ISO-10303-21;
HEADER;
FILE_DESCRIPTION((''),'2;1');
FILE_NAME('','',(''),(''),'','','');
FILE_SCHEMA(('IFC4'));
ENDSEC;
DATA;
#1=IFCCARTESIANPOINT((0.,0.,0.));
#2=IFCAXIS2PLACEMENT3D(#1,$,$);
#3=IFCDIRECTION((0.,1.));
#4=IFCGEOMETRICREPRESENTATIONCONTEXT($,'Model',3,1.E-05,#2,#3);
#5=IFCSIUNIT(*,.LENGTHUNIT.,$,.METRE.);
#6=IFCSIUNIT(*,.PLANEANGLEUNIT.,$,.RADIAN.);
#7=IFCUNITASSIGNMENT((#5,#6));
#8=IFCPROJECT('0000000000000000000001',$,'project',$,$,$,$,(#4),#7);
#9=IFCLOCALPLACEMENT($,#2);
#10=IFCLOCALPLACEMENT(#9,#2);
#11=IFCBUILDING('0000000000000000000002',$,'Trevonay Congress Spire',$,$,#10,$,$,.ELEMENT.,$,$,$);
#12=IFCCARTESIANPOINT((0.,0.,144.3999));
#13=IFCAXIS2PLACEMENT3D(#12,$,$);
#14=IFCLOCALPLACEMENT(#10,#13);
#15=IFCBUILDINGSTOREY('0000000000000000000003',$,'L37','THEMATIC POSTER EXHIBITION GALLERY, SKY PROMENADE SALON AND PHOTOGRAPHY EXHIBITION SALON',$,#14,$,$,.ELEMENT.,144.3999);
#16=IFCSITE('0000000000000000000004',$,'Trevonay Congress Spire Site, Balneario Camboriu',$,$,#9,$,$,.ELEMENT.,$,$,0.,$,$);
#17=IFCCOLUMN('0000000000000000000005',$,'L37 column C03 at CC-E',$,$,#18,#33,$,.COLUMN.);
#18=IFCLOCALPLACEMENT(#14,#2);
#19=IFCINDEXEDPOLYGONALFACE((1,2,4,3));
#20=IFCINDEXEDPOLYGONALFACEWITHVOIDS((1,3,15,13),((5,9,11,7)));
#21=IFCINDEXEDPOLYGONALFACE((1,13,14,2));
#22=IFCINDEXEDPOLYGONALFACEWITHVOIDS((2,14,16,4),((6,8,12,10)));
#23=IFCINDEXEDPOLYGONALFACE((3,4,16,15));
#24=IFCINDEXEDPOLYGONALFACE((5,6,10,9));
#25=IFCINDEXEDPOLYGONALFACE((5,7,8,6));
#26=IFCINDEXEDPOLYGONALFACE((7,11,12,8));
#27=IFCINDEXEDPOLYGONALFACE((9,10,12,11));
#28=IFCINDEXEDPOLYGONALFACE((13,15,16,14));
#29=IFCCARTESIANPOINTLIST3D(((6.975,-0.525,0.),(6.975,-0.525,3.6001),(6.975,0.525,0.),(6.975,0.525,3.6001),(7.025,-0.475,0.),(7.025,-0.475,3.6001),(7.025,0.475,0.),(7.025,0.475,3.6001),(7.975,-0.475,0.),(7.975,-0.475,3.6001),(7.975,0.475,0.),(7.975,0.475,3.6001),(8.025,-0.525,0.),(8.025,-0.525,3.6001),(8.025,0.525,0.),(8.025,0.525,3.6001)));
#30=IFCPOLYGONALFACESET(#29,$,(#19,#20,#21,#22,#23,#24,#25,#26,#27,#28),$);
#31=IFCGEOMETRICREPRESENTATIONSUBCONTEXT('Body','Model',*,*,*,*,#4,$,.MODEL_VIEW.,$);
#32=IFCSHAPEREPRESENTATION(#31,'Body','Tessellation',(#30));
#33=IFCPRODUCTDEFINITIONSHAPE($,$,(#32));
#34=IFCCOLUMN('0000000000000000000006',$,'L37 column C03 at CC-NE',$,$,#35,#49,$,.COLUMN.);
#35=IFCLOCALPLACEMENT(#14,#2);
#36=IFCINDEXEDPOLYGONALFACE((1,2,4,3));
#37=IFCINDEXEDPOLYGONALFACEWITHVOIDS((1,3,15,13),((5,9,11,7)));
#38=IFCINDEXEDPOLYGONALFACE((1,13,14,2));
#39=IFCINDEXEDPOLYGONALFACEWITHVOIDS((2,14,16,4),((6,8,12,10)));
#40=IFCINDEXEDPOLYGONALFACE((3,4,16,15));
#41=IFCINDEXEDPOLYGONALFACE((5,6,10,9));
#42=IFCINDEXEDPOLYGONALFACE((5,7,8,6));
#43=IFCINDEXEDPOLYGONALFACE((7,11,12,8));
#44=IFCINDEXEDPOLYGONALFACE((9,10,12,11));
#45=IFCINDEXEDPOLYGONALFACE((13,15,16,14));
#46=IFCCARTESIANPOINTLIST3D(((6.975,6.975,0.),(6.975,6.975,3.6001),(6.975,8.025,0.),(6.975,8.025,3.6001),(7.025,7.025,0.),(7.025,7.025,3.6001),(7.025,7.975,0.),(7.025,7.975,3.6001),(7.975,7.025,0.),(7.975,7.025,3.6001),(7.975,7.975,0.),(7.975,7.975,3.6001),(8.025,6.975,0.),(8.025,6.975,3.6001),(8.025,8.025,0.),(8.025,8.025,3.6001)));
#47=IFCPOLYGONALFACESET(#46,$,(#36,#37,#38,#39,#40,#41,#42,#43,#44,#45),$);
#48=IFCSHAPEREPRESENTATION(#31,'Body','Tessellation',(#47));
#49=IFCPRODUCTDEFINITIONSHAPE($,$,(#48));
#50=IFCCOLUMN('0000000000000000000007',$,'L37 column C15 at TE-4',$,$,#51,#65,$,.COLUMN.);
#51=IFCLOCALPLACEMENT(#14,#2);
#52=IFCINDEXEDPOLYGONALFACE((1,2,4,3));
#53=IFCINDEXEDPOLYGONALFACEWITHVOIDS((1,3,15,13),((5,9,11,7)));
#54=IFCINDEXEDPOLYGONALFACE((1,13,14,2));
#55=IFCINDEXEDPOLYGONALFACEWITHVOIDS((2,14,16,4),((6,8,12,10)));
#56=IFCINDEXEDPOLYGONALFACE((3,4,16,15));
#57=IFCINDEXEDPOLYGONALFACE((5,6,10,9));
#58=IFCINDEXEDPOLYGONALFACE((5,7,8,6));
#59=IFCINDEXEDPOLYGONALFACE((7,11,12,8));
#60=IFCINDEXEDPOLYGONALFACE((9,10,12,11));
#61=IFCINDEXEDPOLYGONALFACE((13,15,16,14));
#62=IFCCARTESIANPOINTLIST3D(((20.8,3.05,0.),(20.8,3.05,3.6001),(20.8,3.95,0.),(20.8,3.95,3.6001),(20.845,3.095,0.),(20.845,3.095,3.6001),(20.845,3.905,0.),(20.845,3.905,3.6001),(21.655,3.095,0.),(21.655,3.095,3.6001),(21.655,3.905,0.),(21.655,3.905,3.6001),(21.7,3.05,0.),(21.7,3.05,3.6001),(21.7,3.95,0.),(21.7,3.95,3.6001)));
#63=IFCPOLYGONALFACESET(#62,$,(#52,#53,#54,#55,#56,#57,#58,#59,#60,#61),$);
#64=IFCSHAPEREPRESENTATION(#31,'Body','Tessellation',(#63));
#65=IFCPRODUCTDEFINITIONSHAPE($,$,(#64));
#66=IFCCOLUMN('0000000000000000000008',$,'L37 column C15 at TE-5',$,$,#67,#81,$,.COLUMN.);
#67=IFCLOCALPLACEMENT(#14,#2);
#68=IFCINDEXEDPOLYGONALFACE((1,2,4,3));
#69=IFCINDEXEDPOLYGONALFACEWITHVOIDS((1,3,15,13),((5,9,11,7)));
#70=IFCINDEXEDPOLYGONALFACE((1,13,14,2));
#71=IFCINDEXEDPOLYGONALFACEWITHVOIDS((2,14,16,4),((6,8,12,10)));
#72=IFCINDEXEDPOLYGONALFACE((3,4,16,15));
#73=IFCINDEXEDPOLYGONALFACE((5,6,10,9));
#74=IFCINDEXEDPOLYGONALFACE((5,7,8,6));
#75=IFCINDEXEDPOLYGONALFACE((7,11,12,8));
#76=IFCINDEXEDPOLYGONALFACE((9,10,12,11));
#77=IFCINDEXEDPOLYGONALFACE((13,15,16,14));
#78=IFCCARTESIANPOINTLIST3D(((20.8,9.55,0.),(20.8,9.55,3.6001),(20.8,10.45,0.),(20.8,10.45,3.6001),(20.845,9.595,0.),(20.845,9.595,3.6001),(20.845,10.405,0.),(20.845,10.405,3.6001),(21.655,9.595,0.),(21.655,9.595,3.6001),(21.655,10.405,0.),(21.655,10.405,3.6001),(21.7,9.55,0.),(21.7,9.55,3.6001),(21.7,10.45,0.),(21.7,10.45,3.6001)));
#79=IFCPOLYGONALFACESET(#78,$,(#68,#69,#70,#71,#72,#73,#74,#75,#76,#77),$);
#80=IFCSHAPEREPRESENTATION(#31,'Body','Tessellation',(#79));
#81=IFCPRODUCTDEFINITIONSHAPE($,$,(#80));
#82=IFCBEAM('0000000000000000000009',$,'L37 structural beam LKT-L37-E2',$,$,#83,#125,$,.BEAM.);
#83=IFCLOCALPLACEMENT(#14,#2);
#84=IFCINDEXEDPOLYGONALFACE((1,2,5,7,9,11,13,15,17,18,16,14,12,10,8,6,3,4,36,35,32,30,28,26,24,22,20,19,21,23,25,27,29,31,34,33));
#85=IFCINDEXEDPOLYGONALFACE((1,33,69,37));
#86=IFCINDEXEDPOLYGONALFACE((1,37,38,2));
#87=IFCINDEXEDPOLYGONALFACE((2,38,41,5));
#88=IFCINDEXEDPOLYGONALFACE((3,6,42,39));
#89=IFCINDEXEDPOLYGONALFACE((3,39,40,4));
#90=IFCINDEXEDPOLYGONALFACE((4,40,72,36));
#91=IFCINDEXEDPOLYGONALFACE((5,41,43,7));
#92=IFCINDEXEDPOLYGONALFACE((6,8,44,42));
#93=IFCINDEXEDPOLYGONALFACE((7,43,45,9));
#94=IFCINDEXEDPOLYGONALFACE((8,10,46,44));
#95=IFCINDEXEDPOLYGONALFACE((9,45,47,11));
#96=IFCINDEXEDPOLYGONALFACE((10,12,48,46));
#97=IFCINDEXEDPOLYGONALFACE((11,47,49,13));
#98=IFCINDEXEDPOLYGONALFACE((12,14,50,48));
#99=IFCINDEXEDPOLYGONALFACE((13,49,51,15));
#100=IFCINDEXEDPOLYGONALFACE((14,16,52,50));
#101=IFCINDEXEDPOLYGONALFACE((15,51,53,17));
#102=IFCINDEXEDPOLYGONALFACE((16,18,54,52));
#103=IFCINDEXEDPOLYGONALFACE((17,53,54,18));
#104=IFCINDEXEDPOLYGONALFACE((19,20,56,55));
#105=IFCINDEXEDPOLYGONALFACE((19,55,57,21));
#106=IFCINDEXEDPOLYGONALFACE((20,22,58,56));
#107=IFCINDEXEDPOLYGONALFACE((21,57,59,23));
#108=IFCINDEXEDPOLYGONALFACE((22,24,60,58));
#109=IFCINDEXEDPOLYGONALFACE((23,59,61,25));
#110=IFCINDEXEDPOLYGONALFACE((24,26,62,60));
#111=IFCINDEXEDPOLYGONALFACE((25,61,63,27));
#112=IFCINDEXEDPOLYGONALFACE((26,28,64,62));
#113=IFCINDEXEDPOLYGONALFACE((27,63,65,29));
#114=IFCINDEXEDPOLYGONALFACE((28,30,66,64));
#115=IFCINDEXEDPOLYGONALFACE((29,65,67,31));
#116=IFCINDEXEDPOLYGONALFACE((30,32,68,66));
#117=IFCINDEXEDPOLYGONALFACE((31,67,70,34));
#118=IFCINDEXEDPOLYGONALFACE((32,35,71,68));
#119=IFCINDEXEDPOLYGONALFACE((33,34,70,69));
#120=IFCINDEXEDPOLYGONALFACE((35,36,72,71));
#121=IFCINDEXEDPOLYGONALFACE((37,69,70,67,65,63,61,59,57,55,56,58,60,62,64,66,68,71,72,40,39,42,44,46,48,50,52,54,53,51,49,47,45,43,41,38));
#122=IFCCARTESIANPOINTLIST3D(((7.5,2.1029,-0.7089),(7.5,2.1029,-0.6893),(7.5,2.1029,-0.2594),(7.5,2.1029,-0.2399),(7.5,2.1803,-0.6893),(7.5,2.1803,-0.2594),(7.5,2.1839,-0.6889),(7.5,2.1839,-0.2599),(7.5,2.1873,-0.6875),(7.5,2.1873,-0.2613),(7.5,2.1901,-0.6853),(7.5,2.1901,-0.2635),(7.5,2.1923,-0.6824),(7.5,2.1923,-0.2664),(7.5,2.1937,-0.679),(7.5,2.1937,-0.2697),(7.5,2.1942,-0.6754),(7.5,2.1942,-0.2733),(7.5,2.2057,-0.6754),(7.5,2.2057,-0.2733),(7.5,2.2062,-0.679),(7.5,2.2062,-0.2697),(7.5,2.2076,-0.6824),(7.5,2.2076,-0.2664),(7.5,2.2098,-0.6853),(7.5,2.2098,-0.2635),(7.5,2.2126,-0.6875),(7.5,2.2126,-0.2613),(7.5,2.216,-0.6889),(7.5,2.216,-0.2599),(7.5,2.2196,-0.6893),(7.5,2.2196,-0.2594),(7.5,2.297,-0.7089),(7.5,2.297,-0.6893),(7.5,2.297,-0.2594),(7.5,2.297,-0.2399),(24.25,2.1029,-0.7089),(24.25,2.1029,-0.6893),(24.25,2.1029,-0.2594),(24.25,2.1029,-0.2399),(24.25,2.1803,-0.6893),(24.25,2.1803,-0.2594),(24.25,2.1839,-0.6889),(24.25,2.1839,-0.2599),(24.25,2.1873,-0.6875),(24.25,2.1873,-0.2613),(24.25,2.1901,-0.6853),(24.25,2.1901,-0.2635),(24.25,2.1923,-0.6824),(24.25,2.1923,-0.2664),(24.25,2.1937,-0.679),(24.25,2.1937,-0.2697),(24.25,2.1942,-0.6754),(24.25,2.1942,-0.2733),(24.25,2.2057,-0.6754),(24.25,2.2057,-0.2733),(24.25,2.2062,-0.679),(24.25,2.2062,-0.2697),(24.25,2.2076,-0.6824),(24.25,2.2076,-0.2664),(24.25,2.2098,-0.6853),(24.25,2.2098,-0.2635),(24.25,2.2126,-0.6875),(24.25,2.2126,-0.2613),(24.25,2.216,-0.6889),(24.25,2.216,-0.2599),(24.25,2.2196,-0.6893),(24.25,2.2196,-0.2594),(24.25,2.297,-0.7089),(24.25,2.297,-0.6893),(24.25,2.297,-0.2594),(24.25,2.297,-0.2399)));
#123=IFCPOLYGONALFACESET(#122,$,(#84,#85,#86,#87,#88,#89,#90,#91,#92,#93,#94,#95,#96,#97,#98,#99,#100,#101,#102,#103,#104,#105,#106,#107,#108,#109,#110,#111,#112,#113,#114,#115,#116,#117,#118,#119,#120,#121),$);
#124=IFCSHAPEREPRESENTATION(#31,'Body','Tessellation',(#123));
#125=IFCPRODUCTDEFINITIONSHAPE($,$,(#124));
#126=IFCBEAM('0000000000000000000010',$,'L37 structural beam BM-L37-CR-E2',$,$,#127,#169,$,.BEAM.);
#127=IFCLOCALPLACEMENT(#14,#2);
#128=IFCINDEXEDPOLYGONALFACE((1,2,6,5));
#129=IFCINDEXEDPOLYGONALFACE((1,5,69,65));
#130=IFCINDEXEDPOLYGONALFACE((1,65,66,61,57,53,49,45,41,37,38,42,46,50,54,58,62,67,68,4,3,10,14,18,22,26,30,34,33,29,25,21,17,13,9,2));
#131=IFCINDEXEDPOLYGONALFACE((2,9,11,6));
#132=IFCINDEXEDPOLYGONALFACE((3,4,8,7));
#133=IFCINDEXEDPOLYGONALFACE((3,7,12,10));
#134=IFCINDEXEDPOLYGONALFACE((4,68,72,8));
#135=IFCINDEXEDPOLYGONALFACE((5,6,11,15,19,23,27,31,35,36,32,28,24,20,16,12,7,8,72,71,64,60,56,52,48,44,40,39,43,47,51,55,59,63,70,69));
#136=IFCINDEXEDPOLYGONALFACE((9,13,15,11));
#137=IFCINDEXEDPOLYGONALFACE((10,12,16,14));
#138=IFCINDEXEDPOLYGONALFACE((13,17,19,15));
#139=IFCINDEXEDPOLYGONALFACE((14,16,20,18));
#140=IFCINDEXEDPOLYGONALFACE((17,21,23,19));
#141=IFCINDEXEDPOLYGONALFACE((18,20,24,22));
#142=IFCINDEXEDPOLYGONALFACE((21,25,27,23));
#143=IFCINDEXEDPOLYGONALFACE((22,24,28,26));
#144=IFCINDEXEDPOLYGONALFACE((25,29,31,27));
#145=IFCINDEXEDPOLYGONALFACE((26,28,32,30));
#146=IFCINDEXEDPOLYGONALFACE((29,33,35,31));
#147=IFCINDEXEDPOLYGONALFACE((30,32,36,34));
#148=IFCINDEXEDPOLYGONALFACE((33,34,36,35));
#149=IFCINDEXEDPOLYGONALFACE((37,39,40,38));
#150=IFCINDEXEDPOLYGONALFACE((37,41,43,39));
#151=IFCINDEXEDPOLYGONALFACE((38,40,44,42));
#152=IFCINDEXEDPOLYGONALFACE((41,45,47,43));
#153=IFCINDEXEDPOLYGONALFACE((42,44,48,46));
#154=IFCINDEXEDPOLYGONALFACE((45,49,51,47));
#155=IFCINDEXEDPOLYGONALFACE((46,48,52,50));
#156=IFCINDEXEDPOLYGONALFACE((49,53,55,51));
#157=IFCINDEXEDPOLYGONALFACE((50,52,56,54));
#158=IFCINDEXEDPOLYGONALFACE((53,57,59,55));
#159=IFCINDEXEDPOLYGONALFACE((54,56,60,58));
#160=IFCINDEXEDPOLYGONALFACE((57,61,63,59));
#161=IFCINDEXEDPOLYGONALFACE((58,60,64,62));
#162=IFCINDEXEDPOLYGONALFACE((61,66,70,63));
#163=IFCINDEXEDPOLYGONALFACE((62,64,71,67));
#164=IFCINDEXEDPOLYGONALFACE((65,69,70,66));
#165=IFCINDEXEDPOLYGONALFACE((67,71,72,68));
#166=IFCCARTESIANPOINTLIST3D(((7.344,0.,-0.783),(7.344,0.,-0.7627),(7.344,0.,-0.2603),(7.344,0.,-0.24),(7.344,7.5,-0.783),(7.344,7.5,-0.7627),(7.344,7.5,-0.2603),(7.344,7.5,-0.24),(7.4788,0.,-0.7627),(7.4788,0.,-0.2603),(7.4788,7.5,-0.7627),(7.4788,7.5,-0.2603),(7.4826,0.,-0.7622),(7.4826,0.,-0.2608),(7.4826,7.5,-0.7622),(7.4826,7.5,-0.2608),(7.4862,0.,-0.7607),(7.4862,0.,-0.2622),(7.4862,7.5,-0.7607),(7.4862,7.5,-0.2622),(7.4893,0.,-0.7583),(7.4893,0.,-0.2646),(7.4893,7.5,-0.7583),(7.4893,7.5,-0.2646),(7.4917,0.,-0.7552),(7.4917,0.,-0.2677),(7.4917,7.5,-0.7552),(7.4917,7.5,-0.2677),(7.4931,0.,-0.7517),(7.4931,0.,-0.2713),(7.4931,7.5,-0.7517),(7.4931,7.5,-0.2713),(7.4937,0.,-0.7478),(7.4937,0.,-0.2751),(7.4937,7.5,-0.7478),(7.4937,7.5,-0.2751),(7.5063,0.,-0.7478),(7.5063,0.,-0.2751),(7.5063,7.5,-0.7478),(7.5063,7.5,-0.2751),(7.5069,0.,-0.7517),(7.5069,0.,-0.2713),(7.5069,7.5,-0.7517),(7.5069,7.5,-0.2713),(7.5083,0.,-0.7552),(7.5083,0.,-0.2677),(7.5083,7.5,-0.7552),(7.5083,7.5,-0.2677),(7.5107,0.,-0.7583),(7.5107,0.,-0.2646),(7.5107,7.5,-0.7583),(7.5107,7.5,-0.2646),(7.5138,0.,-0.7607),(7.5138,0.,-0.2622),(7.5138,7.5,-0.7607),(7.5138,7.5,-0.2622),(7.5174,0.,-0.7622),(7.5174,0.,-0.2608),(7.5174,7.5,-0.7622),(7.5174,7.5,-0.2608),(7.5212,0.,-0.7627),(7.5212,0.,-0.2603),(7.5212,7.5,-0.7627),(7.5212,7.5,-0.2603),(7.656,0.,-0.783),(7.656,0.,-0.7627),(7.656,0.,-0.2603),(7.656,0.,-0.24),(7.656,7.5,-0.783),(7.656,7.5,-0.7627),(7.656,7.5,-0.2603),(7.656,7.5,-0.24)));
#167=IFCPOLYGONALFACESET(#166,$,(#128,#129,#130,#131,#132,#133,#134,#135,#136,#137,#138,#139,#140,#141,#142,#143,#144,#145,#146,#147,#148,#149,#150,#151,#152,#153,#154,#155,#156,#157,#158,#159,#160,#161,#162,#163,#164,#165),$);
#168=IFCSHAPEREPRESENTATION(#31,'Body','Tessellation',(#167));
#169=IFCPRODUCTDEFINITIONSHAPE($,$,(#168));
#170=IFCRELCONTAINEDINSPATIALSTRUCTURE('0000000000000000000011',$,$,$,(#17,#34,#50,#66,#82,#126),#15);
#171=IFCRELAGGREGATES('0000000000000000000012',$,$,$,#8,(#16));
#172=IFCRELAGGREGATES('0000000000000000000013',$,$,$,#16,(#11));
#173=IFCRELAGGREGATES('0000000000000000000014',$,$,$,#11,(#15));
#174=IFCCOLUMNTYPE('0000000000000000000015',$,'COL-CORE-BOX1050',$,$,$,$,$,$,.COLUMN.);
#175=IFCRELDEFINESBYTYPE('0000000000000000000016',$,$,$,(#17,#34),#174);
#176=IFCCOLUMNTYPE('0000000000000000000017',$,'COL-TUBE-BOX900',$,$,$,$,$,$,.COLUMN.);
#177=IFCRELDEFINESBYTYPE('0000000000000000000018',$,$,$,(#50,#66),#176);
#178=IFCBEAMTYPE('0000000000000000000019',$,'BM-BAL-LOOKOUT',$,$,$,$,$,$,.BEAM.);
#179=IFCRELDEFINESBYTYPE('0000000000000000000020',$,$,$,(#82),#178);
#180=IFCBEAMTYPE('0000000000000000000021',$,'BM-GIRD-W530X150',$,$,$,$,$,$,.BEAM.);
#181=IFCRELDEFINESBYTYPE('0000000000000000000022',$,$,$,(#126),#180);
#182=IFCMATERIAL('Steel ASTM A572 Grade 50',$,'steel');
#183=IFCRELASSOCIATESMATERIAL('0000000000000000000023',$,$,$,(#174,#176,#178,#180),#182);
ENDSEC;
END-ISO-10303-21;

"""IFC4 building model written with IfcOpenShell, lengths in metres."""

from ifc_helpers import new_model, si_unit, direction, frame, origin, origin_2d, place, context, subcontext, project, spatial, hollow_rectangle, i_section, extrude, material, material_profile, profile_set, type_object, element, save


model = new_model("IFC4")

# Units and contexts
model_context = context("Model", 3, precision=1e-05, world=origin(), true_north=direction((0.0, 1.0)))
body_context = subcontext(model_context, "Body", "Model", "MODEL_VIEW")
ifc_project = project(units=[si_unit("LENGTHUNIT", "METRE"), si_unit("PLANEANGLEUNIT", "RADIAN")], contexts=[model_context])

# Site, building, storey
site_placement = place(None, origin())
site = spatial("IfcSite", under=ifc_project, at=site_placement, Name="Trevonay Congress Spire Site, Balneario Camboriu", CompositionType="ELEMENT", RefElevation=0.0)
building_placement = place(site_placement, origin())
building = spatial("IfcBuilding", under=site, at=building_placement, Name="Trevonay Congress Spire", CompositionType="ELEMENT")
storey_placement = place(building_placement, frame((0.0, 0.0, 144.3999)))
storey = spatial("IfcBuildingStorey", under=building, at=storey_placement, Name="L37", Description="THEMATIC POSTER EXHIBITION GALLERY, SKY PROMENADE SALON AND PHOTOGRAPHY EXHIBITION SALON", CompositionType="ELEMENT", Elevation=144.3999)

# Columns
ifc_material_1 = material(Name="Steel ASTM A572 Grade 50", Category="steel")
ifc_material_profile_1 = material_profile(ifc_material_1, hollow_rectangle(XDim=1.05, YDim=1.05, WallThickness=0.05, at=origin_2d()), Name="BOX 1050x1050x50")
ifc_profile_set_1 = profile_set([ifc_material_profile_1], Name="Steel ASTM A572 Grade 50")
column_type_1 = type_object("IfcColumnType", Name="COL-CORE-BOX1050", PredefinedType="COLUMN", material=ifc_profile_set_1)
for number, where, z_axis, x_axis, name in (
    (1, (7.5, 0.0, 0.0), (0.0, 0.0, 1.0), (1.0, 0.0, 0.0), "L37 column C03 at CC-E"),
    (2, (7.5, 7.5, 0.0), (0.0, 0.0, 1.0), (1.0, 0.0, 0.0), "L37 column C03 at CC-NE"),
):
    element("IfcColumn", number, at=place(storey_placement, frame(where, z_axis=z_axis, x_axis=x_axis)), inside=storey, type_object=column_type_1, Name=name, PredefinedType="COLUMN", context=body_context, shape_type="SweptSolid", body=[
        extrude(hollow_rectangle(XDim=1.05, YDim=1.05, WallThickness=0.05, at=origin_2d()), origin(), (0.0, 0.0, 1.0), 3.6001),
    ])
ifc_material_profile_2 = material_profile(ifc_material_1, hollow_rectangle(XDim=0.8999, YDim=0.8999, WallThickness=0.0449, at=origin_2d()), Name="BOX 900x900x45")
ifc_profile_set_2 = profile_set([ifc_material_profile_2], Name="Steel ASTM A572 Grade 50")
column_type_2 = type_object("IfcColumnType", Name="COL-TUBE-BOX900", PredefinedType="COLUMN", material=ifc_profile_set_2)
for number, where, z_axis, x_axis, name in (
    (3, (21.25, 3.5, 0.0), (0.0, 0.0, 1.0), (1.0, 0.0, 0.0), "L37 column C15 at TE-4"),
    (4, (21.25, 10.0, 0.0), (0.0, 0.0, 1.0), (1.0, 0.0, 0.0), "L37 column C15 at TE-5"),
):
    element("IfcColumn", number, at=place(storey_placement, frame(where, z_axis=z_axis, x_axis=x_axis)), inside=storey, type_object=column_type_2, Name=name, PredefinedType="COLUMN", context=body_context, shape_type="SweptSolid", body=[
        extrude(hollow_rectangle(XDim=0.8999, YDim=0.8999, WallThickness=0.0449, at=origin_2d()), origin(), (0.0, 0.0, 1.0), 3.6001),
    ])

# Beams
ifc_material_profile_3 = material_profile(ifc_material_1, i_section(OverallWidth=0.1941, OverallDepth=0.469, WebThickness=0.0115, FlangeThickness=0.0195, FilletRadius=0.0139, at=origin_2d()), Name="W460x106")
ifc_profile_set_3 = profile_set([ifc_material_profile_3], Name="Steel ASTM A572 Grade 50")
beam_type_1 = type_object("IfcBeamType", Name="BM-BAL-LOOKOUT", PredefinedType="BEAM", material=ifc_profile_set_3)
beam_1_placement = place(storey_placement, frame((7.5, 2.2, -0.4744), z_axis=(1.0, 0.0, 0.0), x_axis=(0.0, 1.0, 0.0)))
element("IfcBeam", 5, at=beam_1_placement, inside=storey, type_object=beam_type_1, Name="L37 structural beam LKT-L37-E2", PredefinedType="BEAM", context=body_context, shape_type="SweptSolid", body=[
    extrude(i_section(OverallWidth=0.1941, OverallDepth=0.469, WebThickness=0.0115, FlangeThickness=0.0195, FilletRadius=0.0139, at=origin_2d()), origin(), (0.0, 0.0, 1.0), 16.75),
])
ifc_material_profile_4 = material_profile(ifc_material_1, i_section(OverallWidth=0.312, OverallDepth=0.543, WebThickness=0.0127, FlangeThickness=0.0203, FilletRadius=0.0149, at=origin_2d()), Name="W530x150")
ifc_profile_set_4 = profile_set([ifc_material_profile_4], Name="Steel ASTM A572 Grade 50")
beam_type_2 = type_object("IfcBeamType", Name="BM-GIRD-W530X150", PredefinedType="BEAM", material=ifc_profile_set_4)
beam_2_placement = place(storey_placement, frame((7.5, 0.0, -0.5115), z_axis=(0.0, 1.0, 0.0), x_axis=(-1.0, 0.0, 0.0)))
element("IfcBeam", 6, at=beam_2_placement, inside=storey, type_object=beam_type_2, Name="L37 structural beam BM-L37-CR-E2", PredefinedType="BEAM", context=body_context, shape_type="SweptSolid", body=[
    extrude(i_section(OverallWidth=0.312, OverallDepth=0.543, WebThickness=0.0127, FlangeThickness=0.0203, FilletRadius=0.0149, at=origin_2d()), origin(), (0.0, 0.0, 1.0), 7.5),
])

save(model, "model.ifc")
